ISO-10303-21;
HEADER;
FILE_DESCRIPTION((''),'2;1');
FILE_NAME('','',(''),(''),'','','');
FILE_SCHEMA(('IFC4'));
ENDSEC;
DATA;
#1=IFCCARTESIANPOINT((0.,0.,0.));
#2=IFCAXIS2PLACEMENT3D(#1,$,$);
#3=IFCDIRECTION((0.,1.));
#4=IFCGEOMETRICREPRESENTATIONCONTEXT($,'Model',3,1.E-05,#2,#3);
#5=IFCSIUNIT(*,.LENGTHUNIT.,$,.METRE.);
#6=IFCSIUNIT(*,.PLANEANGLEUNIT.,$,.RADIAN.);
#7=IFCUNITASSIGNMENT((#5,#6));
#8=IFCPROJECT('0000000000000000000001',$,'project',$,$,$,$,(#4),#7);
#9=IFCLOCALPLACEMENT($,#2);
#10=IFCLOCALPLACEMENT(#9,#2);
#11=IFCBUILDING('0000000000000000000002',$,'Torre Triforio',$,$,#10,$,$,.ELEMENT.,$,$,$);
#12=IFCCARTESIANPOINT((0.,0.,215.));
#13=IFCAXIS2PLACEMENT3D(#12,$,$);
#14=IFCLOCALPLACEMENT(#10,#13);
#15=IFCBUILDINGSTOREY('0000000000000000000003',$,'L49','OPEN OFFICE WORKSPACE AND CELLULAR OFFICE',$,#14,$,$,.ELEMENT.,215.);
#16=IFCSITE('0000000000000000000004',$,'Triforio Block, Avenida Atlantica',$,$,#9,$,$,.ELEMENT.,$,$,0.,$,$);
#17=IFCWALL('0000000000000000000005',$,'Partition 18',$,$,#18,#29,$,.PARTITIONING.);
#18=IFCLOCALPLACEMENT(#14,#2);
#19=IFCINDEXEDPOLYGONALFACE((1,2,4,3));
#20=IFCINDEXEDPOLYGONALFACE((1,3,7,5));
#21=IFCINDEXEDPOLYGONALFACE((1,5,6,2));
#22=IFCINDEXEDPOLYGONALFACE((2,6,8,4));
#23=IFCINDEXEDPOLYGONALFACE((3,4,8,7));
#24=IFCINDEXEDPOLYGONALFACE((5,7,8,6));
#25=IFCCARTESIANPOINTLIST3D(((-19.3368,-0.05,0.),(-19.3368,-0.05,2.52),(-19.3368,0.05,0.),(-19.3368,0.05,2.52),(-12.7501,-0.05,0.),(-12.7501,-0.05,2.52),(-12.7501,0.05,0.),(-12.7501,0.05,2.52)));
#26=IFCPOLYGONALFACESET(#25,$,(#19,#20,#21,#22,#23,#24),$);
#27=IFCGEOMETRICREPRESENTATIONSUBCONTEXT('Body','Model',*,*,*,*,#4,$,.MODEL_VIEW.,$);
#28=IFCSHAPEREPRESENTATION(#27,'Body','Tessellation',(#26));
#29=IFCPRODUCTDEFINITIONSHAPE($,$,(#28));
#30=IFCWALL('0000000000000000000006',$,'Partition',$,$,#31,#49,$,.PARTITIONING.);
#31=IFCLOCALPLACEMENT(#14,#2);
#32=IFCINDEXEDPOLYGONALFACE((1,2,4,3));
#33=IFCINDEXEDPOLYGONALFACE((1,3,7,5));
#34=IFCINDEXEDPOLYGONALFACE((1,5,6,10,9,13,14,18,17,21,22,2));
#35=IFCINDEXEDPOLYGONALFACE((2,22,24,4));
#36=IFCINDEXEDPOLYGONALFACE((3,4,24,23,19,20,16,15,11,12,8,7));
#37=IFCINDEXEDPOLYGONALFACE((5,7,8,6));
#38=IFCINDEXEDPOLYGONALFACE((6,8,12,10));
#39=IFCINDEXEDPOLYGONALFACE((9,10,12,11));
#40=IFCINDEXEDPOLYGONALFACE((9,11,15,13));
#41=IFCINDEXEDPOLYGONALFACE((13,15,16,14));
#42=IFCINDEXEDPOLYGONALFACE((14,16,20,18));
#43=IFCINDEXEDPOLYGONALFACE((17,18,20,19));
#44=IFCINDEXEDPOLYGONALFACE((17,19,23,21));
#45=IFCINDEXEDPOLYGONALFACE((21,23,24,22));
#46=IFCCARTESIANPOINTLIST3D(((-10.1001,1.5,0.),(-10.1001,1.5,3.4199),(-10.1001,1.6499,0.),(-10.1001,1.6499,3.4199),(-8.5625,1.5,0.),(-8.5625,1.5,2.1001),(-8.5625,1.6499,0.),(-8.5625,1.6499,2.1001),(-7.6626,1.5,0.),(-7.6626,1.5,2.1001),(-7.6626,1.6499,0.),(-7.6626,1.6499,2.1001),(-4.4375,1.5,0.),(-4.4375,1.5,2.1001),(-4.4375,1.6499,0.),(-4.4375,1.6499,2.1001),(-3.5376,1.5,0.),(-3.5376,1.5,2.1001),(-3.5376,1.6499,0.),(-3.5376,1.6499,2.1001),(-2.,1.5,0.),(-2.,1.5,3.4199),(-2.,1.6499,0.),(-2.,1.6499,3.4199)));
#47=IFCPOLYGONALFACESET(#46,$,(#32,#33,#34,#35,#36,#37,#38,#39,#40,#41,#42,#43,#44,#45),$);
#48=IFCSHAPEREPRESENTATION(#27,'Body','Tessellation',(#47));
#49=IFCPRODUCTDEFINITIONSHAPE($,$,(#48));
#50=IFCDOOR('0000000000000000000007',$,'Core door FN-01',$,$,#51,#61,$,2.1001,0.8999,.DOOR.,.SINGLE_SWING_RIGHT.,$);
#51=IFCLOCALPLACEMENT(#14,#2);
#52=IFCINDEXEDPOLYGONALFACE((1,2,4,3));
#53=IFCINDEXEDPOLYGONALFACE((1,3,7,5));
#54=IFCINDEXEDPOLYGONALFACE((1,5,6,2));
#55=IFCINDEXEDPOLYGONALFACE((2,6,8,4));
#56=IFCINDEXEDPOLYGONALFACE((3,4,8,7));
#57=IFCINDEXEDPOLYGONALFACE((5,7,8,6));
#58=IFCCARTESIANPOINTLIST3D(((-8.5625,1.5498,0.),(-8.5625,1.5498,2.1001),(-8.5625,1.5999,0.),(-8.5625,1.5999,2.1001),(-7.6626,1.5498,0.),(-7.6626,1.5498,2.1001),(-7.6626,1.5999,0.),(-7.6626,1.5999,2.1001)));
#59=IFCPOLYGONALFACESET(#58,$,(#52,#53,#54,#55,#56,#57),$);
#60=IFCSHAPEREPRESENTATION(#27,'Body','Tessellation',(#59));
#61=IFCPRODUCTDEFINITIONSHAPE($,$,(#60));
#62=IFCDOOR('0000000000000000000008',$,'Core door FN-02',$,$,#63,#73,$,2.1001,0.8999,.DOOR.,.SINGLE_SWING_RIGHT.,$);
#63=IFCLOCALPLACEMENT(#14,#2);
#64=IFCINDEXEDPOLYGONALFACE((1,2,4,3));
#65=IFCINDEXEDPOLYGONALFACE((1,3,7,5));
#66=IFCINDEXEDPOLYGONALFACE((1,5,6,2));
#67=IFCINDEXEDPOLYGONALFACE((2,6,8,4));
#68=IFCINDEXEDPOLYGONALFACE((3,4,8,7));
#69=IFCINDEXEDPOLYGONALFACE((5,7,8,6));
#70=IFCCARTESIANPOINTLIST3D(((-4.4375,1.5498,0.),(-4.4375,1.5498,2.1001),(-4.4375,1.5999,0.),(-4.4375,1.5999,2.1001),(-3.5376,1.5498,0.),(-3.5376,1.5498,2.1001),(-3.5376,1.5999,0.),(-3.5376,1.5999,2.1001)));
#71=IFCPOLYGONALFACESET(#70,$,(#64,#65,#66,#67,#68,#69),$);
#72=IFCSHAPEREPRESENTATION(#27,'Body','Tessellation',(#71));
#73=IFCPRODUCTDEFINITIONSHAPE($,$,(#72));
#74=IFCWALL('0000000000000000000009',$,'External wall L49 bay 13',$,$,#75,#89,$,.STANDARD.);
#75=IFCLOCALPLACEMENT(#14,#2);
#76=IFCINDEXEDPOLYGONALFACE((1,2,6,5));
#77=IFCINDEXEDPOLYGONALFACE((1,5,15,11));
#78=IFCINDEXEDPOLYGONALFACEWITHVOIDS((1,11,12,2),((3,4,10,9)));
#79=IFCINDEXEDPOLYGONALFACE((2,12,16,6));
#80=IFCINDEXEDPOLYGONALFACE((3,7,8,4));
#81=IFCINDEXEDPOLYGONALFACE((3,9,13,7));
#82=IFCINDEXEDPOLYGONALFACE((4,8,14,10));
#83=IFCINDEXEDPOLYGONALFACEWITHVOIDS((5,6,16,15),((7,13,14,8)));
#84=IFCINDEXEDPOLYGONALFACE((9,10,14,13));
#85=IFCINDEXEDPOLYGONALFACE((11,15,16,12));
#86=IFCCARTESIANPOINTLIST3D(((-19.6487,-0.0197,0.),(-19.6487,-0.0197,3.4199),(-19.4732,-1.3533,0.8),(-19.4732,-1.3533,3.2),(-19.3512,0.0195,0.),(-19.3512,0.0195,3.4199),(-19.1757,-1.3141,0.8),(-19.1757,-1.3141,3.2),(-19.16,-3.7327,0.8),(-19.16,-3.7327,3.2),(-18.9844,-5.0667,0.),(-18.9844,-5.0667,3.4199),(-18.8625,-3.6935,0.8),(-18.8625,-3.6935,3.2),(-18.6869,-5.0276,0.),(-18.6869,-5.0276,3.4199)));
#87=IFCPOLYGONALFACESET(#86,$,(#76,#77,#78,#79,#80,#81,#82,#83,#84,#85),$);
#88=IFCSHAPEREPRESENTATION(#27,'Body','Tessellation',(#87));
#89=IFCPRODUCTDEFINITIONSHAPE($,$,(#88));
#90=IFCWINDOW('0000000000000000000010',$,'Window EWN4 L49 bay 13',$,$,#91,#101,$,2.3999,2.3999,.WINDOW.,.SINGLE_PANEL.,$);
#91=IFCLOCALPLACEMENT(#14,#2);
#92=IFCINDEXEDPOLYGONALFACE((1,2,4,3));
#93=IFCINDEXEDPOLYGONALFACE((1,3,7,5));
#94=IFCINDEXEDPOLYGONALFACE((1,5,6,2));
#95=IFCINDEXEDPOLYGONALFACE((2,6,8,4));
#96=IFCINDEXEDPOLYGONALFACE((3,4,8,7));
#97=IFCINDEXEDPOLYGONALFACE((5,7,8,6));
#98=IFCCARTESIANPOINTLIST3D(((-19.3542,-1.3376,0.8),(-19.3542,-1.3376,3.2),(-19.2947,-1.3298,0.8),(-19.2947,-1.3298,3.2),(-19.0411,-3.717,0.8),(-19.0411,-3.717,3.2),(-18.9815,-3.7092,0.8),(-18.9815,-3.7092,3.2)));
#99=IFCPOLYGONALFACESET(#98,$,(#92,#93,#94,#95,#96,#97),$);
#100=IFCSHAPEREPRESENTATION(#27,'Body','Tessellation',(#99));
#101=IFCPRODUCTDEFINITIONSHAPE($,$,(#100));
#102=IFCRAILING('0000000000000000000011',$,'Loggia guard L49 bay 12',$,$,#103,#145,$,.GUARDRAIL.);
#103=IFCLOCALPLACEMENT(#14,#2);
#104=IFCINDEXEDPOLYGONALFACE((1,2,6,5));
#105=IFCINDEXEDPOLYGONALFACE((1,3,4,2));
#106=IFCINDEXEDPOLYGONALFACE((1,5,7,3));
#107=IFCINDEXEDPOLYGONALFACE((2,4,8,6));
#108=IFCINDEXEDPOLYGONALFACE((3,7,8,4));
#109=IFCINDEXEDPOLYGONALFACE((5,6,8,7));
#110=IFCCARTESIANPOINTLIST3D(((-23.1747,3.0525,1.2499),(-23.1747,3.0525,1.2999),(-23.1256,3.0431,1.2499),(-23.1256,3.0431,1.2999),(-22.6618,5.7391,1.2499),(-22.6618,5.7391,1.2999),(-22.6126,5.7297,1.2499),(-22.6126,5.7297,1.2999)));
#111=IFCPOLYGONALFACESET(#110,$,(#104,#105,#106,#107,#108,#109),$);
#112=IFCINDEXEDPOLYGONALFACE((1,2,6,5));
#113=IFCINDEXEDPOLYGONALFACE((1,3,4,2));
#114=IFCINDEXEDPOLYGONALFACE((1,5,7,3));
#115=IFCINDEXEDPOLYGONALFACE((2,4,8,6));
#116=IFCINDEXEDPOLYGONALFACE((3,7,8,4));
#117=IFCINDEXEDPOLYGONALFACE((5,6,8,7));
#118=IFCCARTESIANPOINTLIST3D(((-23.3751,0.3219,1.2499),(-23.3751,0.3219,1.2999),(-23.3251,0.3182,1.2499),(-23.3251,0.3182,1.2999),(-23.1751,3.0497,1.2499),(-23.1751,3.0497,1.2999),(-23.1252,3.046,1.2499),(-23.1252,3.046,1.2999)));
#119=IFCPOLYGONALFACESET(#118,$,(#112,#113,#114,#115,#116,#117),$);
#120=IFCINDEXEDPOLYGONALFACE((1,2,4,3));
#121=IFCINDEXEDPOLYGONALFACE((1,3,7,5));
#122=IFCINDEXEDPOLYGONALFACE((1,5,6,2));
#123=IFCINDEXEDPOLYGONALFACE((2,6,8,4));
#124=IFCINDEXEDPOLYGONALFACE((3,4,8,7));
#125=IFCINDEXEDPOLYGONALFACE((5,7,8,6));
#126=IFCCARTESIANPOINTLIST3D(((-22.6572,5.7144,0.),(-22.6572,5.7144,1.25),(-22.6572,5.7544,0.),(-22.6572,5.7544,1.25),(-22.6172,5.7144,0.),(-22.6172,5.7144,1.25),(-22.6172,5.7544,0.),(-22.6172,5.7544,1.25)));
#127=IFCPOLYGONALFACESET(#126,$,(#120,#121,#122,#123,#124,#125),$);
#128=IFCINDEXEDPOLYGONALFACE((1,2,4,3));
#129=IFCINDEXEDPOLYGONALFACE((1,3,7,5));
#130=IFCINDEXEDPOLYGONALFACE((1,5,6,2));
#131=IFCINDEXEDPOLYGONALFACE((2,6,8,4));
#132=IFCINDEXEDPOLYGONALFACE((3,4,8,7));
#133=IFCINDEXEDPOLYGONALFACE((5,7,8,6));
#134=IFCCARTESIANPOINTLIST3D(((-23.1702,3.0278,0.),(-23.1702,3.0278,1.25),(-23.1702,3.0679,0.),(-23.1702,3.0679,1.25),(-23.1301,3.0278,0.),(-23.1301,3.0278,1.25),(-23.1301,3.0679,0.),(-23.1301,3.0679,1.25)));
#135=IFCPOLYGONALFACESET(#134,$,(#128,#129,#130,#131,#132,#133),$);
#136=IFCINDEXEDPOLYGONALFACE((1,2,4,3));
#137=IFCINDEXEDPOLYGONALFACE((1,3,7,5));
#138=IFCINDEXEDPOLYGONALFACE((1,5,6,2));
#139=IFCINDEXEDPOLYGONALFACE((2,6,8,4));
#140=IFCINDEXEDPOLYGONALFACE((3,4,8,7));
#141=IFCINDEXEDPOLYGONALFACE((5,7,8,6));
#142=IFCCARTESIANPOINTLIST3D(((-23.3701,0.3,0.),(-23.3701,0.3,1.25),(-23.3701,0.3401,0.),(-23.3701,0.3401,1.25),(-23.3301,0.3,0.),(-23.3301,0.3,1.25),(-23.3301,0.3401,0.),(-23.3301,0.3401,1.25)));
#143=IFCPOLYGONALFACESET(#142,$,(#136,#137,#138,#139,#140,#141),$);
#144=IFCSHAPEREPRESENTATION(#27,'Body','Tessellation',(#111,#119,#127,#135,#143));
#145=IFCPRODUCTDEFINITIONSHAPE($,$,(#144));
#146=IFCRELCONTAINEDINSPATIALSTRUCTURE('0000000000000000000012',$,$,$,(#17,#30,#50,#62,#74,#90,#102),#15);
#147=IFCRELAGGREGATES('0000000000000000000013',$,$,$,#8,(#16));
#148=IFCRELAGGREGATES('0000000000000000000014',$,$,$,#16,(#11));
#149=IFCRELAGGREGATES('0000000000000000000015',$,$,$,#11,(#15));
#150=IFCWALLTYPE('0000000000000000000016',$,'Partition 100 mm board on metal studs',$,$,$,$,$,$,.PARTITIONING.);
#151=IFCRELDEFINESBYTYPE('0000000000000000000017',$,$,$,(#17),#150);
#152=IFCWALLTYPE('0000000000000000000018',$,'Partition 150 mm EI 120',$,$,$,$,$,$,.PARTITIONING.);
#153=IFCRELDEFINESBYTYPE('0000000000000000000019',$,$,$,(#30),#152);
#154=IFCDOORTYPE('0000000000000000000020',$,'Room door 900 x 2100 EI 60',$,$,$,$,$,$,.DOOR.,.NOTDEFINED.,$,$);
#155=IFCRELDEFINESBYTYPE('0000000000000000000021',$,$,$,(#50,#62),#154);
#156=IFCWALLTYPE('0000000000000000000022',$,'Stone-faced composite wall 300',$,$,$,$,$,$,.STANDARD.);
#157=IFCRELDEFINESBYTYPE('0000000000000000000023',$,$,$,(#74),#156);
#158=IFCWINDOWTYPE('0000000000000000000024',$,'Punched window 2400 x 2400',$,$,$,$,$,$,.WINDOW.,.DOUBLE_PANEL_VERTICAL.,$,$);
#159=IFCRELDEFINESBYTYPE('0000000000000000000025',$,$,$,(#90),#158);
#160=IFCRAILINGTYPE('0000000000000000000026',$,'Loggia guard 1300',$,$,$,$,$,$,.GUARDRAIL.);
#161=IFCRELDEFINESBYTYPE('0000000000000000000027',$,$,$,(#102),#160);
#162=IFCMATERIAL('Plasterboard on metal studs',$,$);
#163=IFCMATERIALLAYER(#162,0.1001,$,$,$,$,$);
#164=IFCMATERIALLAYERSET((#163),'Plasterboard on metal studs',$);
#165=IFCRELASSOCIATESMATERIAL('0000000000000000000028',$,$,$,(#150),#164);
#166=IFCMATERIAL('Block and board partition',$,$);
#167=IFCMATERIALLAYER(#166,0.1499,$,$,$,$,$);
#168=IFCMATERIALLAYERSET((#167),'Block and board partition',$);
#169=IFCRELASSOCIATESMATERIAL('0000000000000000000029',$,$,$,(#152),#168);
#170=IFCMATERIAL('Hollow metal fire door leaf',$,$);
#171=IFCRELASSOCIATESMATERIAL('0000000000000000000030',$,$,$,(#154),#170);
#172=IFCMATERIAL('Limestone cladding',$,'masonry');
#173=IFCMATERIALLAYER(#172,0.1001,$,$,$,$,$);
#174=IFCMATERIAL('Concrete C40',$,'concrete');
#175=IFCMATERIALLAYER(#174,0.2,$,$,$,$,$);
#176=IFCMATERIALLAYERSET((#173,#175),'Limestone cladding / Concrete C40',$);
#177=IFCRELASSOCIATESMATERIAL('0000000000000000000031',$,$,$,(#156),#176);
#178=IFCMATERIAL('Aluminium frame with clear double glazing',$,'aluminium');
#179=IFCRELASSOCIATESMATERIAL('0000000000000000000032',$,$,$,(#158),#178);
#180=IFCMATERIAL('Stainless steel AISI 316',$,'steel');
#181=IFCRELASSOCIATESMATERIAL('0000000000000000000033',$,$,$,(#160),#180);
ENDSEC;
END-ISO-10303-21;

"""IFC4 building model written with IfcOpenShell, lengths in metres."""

from ifc_helpers import new_model, si_unit, direction, frame, frame_2d, origin, origin_2d, place, context, subcontext, project, spatial, rectangle, extrude, material, layer, layer_set, type_object, element, fill, save


model = new_model("IFC4")

# Units and contexts
model_context = context("Model", 3, precision=1e-05, world=origin(), true_north=direction((0.0, 1.0)))
body_context = subcontext(model_context, "Body", "Model", "MODEL_VIEW")
ifc_project = project(units=[si_unit("LENGTHUNIT", "METRE"), si_unit("PLANEANGLEUNIT", "RADIAN")], contexts=[model_context])

# Site, building, storey
site_placement = place(None, origin())
site = spatial("IfcSite", under=ifc_project, at=site_placement, Name="Triforio Block, Avenida Atlantica", CompositionType="ELEMENT", RefElevation=0.0)
building_placement = place(site_placement, origin())
building = spatial("IfcBuilding", under=site, at=building_placement, Name="Torre Triforio", CompositionType="ELEMENT")
storey_placement = place(building_placement, frame((0.0, 0.0, 215.0)))
storey = spatial("IfcBuildingStorey", under=building, at=storey_placement, Name="L49", Description="OPEN OFFICE WORKSPACE AND CELLULAR OFFICE", CompositionType="ELEMENT", Elevation=215.0)

# Shared definitions
ifc_material_1 = material(Name="Concrete C40", Category="concrete")

# Shared definitions
ifc_material_2 = material(Name="Hollow metal fire door leaf")

# Shared definitions
ifc_material_3 = material(Name="Plasterboard on metal studs")

# Wall
ifc_layer_1 = layer(ifc_material_3, 0.1001)
ifc_layer_set_1 = layer_set([ifc_layer_1], Name="Plasterboard on metal studs")
wall_type_1 = type_object("IfcWallType", Name="Partition 100 mm board on metal studs", PredefinedType="PARTITIONING", material=ifc_layer_set_1)
wall_1_placement = place(storey_placement, frame((-12.75, 0.0, 0.0), z_axis=(0.0, 0.0, 1.0), x_axis=(-1.0, 0.0, 0.0)))
element("IfcWall", 1, at=wall_1_placement, inside=storey, type_object=wall_type_1, Name="Partition 18", PredefinedType="PARTITIONING", context=body_context, shape_type="SweptSolid", body=[
    extrude(rectangle(XDim=6.5867, YDim=0.1001, at=frame_2d((3.2935, 0.0))), origin(), (0.0, 0.0, 1.0), 2.52),
])

# Wall, openings, doors
ifc_material_4 = material(Name="Block and board partition")
ifc_layer_2 = layer(ifc_material_4, 0.1499)
ifc_layer_set_2 = layer_set([ifc_layer_2], Name="Block and board partition")
wall_type_2 = type_object("IfcWallType", Name="Partition 150 mm EI 120", PredefinedType="PARTITIONING", material=ifc_layer_set_2)
wall_2_placement = place(storey_placement, frame((-10.1001, 1.575, 0.0), z_axis=(0.0, 0.0, 1.0), x_axis=(1.0, 0.0, 0.0)))
wall_2 = element("IfcWall", 2, at=wall_2_placement, inside=storey, type_object=wall_type_2, Name="Partition", PredefinedType="PARTITIONING", context=body_context, shape_type="SweptSolid", body=[
    extrude(rectangle(XDim=8.1001, YDim=0.1499, at=frame_2d((4.05, 0.0))), origin(), (0.0, 0.0, 1.0), 3.4199),
])
opening_1_placement = place(wall_2_placement, frame((1.5376, 0.0, 0.0)))
opening_1 = element("IfcOpeningElement", 3, at=opening_1_placement, cuts=wall_2, PredefinedType="OPENING", context=body_context, shape_type="SweptSolid", body=[
    extrude(rectangle(XDim=0.8999, YDim=2.1001, at=frame_2d((0.45, 1.05))), frame((0.0, 0.085, 0.0), z_axis=(0.0, -1.0, 0.0), x_axis=(1.0, 0.0, 0.0)), (0.0, 0.0, 1.0), 0.1699),
])
opening_2_placement = place(wall_2_placement, frame((5.6626, 0.0, 0.0)))
opening_2 = element("IfcOpeningElement", 4, at=opening_2_placement, cuts=wall_2, PredefinedType="OPENING", context=body_context, shape_type="SweptSolid", body=[
    extrude(rectangle(XDim=0.8999, YDim=2.1001, at=frame_2d((0.45, 1.05))), frame((0.0, 0.085, 0.0), z_axis=(0.0, -1.0, 0.0), x_axis=(1.0, 0.0, 0.0)), (0.0, 0.0, 1.0), 0.1699),
])
door_type_1 = type_object("IfcDoorType", Name="Room door 900 x 2100 EI 60", OperationType="NOTDEFINED", PredefinedType="DOOR", material=ifc_material_2)
door_1_placement = place(opening_1_placement, origin())
door_1 = element("IfcDoor", 5, at=door_1_placement, inside=storey, type_object=door_type_1, Name="Core door FN-01", OperationType="SINGLE_SWING_RIGHT", OverallHeight=2.1001, OverallWidth=0.8999, PredefinedType="DOOR", context=body_context, shape_type="SweptSolid", body=[
    extrude(rectangle(XDim=0.8999, YDim=2.1001, at=frame_2d((0.45, 1.05))), frame((0.0, 0.0249, 0.0), z_axis=(0.0, -1.0, 0.0), x_axis=(1.0, 0.0, 0.0)), (0.0, 0.0, 1.0), 0.05),
])
fill(opening_1, door_1)
door_2_placement = place(opening_2_placement, origin())
door_2 = element("IfcDoor", 6, at=door_2_placement, inside=storey, type_object=door_type_1, Name="Core door FN-02", OperationType="SINGLE_SWING_RIGHT", OverallHeight=2.1001, OverallWidth=0.8999, PredefinedType="DOOR", context=body_context, shape_type="SweptSolid", body=[
    extrude(rectangle(XDim=0.8999, YDim=2.1001, at=frame_2d((0.45, 1.05))), frame((0.0, 0.0249, 0.0), z_axis=(0.0, -1.0, 0.0), x_axis=(1.0, 0.0, 0.0)), (0.0, 0.0, 1.0), 0.05),
])
fill(opening_2, door_2)

# Shared definitions
ifc_material_5 = material(Name="Limestone cladding", Category="masonry")
ifc_layer_3 = layer(ifc_material_5, 0.1001)
ifc_layer_4 = layer(ifc_material_1, 0.2)
ifc_layer_set_3 = layer_set([ifc_layer_3, ifc_layer_4], Name="Limestone cladding / Concrete C40")
wall_type_3 = type_object("IfcWallType", Name="Stone-faced composite wall 300", PredefinedType="STANDARD", material=ifc_layer_set_3)
ifc_material_6 = material(Name="Aluminium frame with clear double glazing", Category="aluminium")

# Wall, opening, window
wall_3_placement = place(storey_placement, frame((-19.5, 0.0, 0.0), z_axis=(0.0, 0.0, 1.0), x_axis=(0.130495, -0.991449, 0.0)))
wall_3 = element("IfcWall", 7, at=wall_3_placement, inside=storey, type_object=wall_type_3, Name="External wall L49 bay 13", PredefinedType="STANDARD", context=body_context, shape_type="SweptSolid", body=[
    extrude(rectangle(XDim=5.0906, YDim=0.3, at=frame_2d((2.5454, 0.0))), origin(), (0.0, 0.0, 1.0), 3.4199),
])
opening_3_placement = place(wall_3_placement, frame((1.3452, 0.0, 0.8)))
opening_3 = element("IfcOpeningElement", 8, at=opening_3_placement, cuts=wall_3, PredefinedType="OPENING", context=body_context, shape_type="SweptSolid", body=[
    extrude(rectangle(XDim=2.3999, YDim=2.3999, at=frame_2d((1.2, 1.2))), frame((0.0, 0.1599, 0.0), z_axis=(0.0, -1.0, 0.0), x_axis=(1.0, 0.0, 0.0)), (0.0, 0.0, 1.0), 0.3201),
])
window_type_1 = type_object("IfcWindowType", Name="Punched window 2400 x 2400", PartitioningType="DOUBLE_PANEL_VERTICAL", PredefinedType="WINDOW", material=ifc_material_6)
window_1_placement = place(opening_3_placement, origin())
window_1 = element("IfcWindow", 9, at=window_1_placement, inside=storey, type_object=window_type_1, Name="Window EWN4 L49 bay 13", OverallHeight=2.3999, OverallWidth=2.3999, PartitioningType="SINGLE_PANEL", PredefinedType="WINDOW", context=body_context, shape_type="SweptSolid", body=[
    extrude(rectangle(XDim=2.3999, YDim=2.3999, at=frame_2d((1.2, 1.2))), frame((0.0, 0.03, 0.0), z_axis=(0.0, -1.0, 0.0), x_axis=(1.0, 0.0, 0.0)), (0.0, 0.0, 1.0), 0.0601),
])
fill(opening_3, window_1)

# Railing
ifc_material_7 = material(Name="Stainless steel AISI 316", Category="steel")
railing_type = type_object("IfcRailingType", Name="Loggia guard 1300", PredefinedType="GUARDRAIL", material=ifc_material_7)
railing_placement = place(storey_placement, frame((-22.6372, 5.7344, 0.0)))
element("IfcRailing", 10, at=railing_placement, inside=storey, type_object=railing_type, Name="Loggia guard L49 bay 12", PredefinedType="GUARDRAIL", context=body_context, shape_type="SweptSolid", body=[
    extrude(rectangle(XDim=0.05, YDim=0.05, at=origin_2d()), frame((0.0, 0.0, 1.2749), z_axis=(-0.187543, -0.982256, 0.0), x_axis=(0.982256, -0.187543, 0.0)), (0.0, 0.0, 1.0), 2.7351),
    extrude(rectangle(XDim=0.05, YDim=0.05, at=origin_2d()), frame((-0.5129, -2.6865, 1.2749), z_axis=(-0.073106, -0.997324, 0.0), x_axis=(0.997324, -0.073106, 0.0)), (0.0, 0.0, 1.0), 2.7351),
    extrude(rectangle(XDim=0.04, YDim=0.04, at=origin_2d()), origin(), (0.0, 0.0, 1.0), 1.25),
    extrude(rectangle(XDim=0.04, YDim=0.04, at=origin_2d()), frame((-0.5129, -2.6865, 0.0)), (0.0, 0.0, 1.0), 1.25),
    extrude(rectangle(XDim=0.04, YDim=0.04, at=origin_2d()), frame((-0.7129, -5.4143, 0.0)), (0.0, 0.0, 1.0), 1.25),
])

save(model, "model.ifc")
